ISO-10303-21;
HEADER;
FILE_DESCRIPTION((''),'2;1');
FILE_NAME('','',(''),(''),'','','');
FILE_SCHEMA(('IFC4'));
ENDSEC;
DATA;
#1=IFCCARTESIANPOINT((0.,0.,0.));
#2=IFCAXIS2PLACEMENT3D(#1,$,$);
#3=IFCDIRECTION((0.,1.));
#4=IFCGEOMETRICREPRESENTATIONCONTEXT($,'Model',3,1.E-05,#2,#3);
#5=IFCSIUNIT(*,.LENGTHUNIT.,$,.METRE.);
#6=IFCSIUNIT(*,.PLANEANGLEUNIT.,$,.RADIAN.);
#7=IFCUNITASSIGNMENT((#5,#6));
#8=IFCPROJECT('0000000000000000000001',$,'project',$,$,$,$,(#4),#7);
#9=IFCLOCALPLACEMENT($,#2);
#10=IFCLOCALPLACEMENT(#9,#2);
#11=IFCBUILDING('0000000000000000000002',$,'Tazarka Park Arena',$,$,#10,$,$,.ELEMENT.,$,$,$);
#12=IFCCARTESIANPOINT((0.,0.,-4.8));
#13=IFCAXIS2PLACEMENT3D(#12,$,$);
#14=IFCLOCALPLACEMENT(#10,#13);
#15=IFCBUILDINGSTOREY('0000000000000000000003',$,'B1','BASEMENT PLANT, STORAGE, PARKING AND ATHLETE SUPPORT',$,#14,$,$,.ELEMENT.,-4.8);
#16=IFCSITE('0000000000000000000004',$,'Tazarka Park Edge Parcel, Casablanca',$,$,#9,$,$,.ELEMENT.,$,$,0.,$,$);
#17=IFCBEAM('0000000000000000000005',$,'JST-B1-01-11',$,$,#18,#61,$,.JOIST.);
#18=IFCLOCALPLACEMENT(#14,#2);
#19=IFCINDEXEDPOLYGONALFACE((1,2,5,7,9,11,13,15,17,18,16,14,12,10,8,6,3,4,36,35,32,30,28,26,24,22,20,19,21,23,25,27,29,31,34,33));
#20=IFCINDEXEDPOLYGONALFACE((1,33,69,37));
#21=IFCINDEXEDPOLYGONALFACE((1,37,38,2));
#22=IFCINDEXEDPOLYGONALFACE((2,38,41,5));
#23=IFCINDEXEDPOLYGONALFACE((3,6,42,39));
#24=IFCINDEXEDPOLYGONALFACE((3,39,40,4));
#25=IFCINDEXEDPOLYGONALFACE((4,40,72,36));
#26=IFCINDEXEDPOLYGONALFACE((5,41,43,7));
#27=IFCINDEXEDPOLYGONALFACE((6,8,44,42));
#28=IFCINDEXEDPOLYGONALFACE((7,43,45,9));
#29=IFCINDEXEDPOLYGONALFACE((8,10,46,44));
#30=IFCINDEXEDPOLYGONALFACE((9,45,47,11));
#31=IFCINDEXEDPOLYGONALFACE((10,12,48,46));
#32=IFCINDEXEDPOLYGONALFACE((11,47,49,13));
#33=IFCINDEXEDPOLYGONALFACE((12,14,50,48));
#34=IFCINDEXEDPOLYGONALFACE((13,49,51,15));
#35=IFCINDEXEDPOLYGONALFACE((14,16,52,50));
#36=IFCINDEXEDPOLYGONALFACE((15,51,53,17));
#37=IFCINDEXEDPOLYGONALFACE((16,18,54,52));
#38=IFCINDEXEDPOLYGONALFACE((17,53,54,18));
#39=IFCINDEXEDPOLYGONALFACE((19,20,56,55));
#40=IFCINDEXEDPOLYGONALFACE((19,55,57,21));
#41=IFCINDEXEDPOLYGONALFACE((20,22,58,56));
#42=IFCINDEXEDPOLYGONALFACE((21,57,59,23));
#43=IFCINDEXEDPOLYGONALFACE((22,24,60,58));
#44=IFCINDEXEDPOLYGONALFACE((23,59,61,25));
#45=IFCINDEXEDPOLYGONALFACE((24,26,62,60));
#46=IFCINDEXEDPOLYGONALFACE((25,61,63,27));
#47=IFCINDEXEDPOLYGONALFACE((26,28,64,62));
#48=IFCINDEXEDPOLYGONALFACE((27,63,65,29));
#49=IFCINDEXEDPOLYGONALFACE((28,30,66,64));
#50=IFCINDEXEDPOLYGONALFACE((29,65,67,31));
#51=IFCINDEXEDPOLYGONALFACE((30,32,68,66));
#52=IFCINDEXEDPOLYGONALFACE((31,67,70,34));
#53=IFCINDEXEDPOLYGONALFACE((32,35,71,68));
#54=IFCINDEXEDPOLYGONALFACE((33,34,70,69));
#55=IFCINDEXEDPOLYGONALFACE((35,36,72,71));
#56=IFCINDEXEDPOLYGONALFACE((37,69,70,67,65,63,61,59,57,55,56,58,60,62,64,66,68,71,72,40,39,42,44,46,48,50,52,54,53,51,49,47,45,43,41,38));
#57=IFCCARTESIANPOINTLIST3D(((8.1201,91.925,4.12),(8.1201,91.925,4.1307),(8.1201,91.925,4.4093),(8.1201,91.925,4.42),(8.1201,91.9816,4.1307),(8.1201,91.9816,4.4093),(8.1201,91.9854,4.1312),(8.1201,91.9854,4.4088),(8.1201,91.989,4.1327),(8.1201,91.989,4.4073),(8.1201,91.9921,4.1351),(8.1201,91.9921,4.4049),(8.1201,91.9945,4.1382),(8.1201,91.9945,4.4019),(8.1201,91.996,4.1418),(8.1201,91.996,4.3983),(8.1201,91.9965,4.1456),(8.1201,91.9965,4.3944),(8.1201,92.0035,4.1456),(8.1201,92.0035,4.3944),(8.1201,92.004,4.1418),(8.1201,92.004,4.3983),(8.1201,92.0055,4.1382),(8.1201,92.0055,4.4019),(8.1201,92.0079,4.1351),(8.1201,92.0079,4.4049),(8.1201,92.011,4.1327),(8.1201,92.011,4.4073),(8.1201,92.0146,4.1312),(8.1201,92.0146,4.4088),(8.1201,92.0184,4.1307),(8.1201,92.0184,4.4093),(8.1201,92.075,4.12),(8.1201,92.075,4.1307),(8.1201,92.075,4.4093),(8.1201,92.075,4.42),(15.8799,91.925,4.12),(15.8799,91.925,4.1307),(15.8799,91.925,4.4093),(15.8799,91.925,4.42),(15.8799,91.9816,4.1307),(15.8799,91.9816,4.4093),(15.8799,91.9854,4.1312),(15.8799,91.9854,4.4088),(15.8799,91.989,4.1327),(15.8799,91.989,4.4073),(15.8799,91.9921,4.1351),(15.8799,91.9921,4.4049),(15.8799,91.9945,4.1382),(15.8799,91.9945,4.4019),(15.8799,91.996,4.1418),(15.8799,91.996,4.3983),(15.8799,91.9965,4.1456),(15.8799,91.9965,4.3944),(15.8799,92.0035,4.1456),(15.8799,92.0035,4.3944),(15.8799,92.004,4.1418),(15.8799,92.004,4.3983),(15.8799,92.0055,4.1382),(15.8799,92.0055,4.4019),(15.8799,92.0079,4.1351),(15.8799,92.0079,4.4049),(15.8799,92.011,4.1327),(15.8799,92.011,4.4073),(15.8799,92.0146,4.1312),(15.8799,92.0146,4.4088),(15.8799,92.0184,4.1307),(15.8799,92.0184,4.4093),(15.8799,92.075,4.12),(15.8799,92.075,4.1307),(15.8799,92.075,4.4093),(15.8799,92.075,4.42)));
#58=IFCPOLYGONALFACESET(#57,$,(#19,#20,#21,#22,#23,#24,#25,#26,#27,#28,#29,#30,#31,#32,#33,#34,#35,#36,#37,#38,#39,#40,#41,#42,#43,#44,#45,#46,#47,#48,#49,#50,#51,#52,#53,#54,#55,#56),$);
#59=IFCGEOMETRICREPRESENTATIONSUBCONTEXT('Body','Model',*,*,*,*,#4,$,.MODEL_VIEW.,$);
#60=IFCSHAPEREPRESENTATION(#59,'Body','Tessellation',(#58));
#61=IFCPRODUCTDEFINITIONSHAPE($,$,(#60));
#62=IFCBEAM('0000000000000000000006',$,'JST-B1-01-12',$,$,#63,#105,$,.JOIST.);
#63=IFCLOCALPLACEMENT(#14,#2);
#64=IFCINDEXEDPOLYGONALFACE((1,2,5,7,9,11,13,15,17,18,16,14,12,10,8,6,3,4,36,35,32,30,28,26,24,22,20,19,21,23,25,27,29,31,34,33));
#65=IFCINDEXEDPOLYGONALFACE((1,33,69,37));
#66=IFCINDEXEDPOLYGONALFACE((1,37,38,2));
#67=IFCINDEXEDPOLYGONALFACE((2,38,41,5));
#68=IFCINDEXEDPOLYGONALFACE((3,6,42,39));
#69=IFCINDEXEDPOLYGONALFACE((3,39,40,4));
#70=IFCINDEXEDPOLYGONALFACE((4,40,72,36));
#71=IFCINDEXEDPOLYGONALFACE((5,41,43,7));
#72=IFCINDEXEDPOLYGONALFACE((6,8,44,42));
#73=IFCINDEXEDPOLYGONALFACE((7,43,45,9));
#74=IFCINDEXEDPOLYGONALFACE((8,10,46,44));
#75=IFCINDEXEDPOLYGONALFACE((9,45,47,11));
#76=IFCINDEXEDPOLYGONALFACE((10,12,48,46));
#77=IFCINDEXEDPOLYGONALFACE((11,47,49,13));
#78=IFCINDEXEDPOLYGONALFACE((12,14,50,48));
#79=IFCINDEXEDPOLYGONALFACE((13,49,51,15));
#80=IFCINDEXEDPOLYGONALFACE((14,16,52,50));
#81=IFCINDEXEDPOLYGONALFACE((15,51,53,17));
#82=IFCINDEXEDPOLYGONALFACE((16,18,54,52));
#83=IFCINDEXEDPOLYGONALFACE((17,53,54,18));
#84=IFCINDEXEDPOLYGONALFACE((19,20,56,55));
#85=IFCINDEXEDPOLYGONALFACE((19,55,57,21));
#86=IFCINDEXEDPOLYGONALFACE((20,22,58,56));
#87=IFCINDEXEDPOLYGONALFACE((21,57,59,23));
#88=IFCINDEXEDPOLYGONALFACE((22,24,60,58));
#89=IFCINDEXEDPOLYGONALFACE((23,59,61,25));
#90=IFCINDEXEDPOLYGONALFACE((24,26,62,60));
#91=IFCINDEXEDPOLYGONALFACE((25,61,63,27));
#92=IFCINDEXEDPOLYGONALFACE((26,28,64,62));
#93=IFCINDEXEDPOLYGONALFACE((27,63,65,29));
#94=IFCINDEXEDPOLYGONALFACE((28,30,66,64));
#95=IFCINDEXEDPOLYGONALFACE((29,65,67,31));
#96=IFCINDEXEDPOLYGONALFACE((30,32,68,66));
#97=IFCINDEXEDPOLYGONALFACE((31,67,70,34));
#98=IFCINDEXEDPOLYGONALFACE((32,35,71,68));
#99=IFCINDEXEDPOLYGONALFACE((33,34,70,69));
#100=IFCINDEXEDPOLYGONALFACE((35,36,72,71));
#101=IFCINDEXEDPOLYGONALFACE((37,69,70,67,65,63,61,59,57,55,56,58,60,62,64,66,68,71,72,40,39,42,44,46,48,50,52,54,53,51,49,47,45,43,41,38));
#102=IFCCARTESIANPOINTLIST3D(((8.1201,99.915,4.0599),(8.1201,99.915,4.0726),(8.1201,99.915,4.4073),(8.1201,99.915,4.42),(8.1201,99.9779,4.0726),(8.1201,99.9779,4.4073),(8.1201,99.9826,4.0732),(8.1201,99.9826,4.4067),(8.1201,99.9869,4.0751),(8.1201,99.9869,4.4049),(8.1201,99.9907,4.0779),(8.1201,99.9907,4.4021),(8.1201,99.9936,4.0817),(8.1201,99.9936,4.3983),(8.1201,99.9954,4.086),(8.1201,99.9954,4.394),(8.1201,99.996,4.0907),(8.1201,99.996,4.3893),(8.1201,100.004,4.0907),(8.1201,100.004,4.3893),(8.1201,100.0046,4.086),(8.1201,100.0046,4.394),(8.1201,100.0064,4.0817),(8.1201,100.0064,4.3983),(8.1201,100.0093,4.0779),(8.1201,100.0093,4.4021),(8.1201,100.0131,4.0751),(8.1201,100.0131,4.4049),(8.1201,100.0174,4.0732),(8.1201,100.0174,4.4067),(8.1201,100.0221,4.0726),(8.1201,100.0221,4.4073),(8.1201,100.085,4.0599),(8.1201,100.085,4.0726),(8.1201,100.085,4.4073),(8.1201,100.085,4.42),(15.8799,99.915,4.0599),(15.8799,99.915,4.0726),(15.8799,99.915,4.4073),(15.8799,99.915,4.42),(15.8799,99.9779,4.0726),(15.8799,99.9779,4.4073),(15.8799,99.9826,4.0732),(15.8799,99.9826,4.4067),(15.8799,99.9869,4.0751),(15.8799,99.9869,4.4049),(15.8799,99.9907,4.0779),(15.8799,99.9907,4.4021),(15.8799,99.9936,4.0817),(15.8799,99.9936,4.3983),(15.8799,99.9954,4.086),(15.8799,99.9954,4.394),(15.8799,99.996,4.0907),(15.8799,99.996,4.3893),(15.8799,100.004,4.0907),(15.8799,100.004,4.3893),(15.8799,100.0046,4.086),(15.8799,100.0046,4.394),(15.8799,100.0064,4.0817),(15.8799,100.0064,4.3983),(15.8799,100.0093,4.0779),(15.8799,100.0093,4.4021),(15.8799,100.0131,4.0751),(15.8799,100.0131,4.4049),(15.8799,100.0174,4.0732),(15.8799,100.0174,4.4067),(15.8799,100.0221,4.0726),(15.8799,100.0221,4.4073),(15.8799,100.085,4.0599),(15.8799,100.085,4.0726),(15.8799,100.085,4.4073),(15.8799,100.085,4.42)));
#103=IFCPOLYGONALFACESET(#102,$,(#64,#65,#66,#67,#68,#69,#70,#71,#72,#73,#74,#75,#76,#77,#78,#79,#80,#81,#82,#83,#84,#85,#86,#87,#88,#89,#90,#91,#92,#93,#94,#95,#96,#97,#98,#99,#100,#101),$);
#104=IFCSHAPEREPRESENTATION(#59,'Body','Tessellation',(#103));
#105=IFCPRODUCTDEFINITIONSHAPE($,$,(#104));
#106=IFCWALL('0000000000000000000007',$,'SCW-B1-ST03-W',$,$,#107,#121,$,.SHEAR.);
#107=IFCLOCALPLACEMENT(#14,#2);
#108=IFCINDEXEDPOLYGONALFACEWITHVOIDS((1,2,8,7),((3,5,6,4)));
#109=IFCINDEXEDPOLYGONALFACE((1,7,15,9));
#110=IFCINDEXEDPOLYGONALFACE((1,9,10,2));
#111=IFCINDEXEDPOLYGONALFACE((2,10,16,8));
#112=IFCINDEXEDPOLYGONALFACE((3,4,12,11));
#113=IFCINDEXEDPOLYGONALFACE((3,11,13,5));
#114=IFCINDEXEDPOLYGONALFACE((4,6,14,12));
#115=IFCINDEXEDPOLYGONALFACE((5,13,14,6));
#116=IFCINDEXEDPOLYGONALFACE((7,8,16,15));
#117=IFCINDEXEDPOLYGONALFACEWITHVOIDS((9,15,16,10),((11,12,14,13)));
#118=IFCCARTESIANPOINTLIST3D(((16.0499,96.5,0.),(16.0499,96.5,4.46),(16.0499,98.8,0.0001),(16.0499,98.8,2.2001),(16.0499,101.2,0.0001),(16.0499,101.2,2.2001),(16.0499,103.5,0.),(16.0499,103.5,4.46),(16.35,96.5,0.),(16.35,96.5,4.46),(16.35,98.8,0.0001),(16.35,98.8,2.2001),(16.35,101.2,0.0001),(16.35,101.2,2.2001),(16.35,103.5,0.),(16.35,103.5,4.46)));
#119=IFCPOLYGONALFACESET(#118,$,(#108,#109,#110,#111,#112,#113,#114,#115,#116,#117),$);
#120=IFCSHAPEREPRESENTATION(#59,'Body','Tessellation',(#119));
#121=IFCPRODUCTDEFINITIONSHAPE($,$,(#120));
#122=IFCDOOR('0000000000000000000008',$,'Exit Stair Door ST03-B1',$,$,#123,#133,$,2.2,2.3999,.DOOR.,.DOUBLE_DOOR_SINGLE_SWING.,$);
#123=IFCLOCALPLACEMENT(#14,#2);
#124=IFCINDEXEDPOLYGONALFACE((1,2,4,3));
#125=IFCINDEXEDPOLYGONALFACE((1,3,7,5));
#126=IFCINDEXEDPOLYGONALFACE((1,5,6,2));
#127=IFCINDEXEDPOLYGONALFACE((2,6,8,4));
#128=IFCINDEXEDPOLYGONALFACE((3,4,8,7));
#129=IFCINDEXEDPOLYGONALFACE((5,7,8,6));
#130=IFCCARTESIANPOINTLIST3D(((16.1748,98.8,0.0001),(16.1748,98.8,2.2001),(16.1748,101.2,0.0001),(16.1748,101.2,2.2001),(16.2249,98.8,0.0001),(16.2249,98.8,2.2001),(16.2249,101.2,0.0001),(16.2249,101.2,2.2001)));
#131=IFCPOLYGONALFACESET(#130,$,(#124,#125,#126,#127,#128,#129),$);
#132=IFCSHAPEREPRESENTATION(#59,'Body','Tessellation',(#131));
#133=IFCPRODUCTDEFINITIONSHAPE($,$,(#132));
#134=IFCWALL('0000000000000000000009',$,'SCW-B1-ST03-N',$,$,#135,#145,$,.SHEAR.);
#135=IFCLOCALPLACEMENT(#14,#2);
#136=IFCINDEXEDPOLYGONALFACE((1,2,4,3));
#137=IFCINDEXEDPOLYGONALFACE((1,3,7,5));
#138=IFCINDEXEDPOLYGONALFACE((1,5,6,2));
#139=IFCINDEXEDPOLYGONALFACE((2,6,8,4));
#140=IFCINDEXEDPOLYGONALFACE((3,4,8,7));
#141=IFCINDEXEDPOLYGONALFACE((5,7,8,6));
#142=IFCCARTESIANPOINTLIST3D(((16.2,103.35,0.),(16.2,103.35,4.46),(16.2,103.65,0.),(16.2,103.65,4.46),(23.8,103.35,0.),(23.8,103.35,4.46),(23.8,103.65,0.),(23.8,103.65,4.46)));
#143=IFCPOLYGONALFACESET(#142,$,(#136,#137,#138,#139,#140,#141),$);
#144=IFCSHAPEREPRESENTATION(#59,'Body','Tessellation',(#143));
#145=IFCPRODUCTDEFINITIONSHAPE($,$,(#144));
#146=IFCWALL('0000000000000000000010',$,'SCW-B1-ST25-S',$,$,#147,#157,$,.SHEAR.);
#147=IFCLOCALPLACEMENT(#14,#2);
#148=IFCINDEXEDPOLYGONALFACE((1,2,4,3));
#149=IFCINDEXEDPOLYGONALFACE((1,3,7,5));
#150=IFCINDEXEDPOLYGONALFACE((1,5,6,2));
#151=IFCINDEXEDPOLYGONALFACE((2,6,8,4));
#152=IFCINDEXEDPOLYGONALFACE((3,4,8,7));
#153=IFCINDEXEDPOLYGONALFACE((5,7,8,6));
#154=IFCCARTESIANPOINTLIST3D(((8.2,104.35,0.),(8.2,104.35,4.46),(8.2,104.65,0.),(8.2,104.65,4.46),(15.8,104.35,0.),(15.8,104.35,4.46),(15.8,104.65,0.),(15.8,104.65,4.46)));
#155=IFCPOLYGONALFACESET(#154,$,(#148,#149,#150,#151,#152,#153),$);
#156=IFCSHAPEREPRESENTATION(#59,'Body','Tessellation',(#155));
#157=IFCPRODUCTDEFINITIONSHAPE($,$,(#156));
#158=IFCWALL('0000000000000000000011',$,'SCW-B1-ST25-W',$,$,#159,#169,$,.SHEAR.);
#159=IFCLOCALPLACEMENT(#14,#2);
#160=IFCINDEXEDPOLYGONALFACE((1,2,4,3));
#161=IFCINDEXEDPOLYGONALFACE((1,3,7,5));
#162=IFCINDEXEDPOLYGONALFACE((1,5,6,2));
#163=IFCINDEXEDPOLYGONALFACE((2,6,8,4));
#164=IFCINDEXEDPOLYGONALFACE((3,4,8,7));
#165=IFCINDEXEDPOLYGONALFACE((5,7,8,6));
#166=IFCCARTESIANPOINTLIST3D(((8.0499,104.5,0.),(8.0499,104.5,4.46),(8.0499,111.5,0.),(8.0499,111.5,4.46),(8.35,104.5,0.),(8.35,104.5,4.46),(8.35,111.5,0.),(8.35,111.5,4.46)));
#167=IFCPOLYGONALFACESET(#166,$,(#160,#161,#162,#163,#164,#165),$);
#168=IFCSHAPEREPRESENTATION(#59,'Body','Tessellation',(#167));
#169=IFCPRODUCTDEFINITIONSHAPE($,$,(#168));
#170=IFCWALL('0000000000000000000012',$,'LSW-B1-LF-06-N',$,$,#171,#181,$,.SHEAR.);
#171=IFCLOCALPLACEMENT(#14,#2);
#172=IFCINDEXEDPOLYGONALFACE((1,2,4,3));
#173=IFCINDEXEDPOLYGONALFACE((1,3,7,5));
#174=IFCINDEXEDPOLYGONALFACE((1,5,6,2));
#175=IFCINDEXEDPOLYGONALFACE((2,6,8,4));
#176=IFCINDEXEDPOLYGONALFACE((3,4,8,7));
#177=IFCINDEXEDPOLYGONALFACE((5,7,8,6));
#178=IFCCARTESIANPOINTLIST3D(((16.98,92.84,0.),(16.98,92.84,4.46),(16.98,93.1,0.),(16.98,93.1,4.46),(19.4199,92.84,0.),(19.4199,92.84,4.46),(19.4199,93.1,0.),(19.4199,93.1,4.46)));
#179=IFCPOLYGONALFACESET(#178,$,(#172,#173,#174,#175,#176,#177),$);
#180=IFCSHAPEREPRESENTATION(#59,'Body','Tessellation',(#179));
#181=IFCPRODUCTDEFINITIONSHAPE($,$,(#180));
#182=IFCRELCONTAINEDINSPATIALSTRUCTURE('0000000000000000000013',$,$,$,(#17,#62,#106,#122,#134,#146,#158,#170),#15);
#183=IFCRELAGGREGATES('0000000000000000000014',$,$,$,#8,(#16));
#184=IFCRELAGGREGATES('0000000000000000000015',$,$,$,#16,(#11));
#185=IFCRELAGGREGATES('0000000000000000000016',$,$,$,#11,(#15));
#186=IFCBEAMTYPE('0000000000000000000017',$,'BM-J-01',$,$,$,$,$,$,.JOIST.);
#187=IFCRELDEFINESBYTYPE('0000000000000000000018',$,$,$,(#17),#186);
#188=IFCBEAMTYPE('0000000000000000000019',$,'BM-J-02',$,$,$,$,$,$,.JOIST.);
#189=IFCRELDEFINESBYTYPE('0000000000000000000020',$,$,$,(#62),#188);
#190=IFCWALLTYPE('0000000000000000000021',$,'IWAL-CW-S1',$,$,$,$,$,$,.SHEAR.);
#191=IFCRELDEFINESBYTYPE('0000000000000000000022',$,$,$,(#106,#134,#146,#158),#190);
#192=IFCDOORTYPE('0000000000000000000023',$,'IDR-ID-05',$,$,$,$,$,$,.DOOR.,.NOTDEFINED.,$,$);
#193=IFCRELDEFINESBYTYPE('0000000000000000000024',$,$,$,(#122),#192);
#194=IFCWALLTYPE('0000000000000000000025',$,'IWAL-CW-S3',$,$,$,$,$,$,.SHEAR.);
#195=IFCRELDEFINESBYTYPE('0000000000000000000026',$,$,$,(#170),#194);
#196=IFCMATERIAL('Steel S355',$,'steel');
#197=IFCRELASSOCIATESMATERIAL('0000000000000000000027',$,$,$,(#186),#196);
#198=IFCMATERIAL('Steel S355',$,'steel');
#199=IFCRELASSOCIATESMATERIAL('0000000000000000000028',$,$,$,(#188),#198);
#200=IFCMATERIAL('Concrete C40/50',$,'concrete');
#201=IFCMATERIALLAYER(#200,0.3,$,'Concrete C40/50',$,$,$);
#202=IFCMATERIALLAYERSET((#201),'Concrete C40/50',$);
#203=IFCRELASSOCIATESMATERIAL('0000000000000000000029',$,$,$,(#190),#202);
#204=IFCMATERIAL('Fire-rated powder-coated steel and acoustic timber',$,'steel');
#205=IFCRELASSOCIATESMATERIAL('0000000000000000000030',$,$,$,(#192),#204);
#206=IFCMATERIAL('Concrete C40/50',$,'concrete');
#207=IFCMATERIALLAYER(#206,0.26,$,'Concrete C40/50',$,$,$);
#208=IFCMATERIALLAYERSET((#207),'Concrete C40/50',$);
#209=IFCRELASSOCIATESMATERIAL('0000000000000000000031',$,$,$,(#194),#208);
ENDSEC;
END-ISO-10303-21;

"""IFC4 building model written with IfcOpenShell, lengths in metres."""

from ifc_helpers import new_model, si_unit, direction, frame, frame_2d, origin, origin_2d, place, context, subcontext, project, spatial, rectangle, i_section, extrude, material, layer, layer_set, material_profile, profile_set, type_object, element, fill, save


model = new_model("IFC4")

# Units and contexts
model_context = context("Model", 3, precision=1e-05, world=origin(), true_north=direction((0.0, 1.0)))
body_context = subcontext(model_context, "Body", "Model", "MODEL_VIEW")
ifc_project = project(units=[si_unit("LENGTHUNIT", "METRE"), si_unit("PLANEANGLEUNIT", "RADIAN")], contexts=[model_context])

# Site, building, storey
site_placement = place(None, origin())
site = spatial("IfcSite", under=ifc_project, at=site_placement, Name="Tazarka Park Edge Parcel, Casablanca", CompositionType="ELEMENT", RefElevation=0.0)
building_placement = place(site_placement, origin())
building = spatial("IfcBuilding", under=site, at=building_placement, Name="Tazarka Park Arena", CompositionType="ELEMENT")
storey_placement = place(building_placement, frame((0.0, 0.0, -4.8)))
storey = spatial("IfcBuildingStorey", under=building, at=storey_placement, Name="B1", Description="BASEMENT PLANT, STORAGE, PARKING AND ATHLETE SUPPORT", CompositionType="ELEMENT", Elevation=-4.8)

# Beams
ifc_material_1 = material(Name="Steel S355", Category="steel")
ifc_material_profile_1 = material_profile(ifc_material_1, i_section(OverallWidth=0.1499, OverallDepth=0.3, WebThickness=0.0071, FlangeThickness=0.0107, FilletRadius=0.0149, at=origin_2d()), Name="Steel S355")
ifc_profile_set_1 = profile_set([ifc_material_profile_1], Name="Steel S355")
beam_type_1 = type_object("IfcBeamType", Name="BM-J-01", PredefinedType="JOIST", material=ifc_profile_set_1)
beam_1_placement = place(storey_placement, frame((8.1201, 92.0, 4.27), z_axis=(1.0, 0.0, 0.0), x_axis=(0.0, 1.0, 0.0)))
element("IfcBeam", 1, at=beam_1_placement, inside=storey, type_object=beam_type_1, Name="JST-B1-01-11", PredefinedType="JOIST", context=body_context, shape_type="SweptSolid", body=[
    extrude(i_section(OverallWidth=0.1499, OverallDepth=0.3, WebThickness=0.0071, FlangeThickness=0.0107, FilletRadius=0.0149, at=origin_2d()), origin(), (0.0, 0.0, 1.0), 7.7598),
])
ifc_material_2 = material(Name="Steel S355", Category="steel")
ifc_material_profile_2 = material_profile(ifc_material_2, i_section(OverallWidth=0.1699, OverallDepth=0.3601, WebThickness=0.0081, FlangeThickness=0.0127, FilletRadius=0.0181, at=origin_2d()), Name="Steel S355")
ifc_profile_set_2 = profile_set([ifc_material_profile_2], Name="Steel S355")
beam_type_2 = type_object("IfcBeamType", Name="BM-J-02", PredefinedType="JOIST", material=ifc_profile_set_2)
beam_2_placement = place(storey_placement, frame((8.1201, 100.0, 4.24), z_axis=(1.0, 0.0, 0.0), x_axis=(0.0, 1.0, 0.0)))
element("IfcBeam", 2, at=beam_2_placement, inside=storey, type_object=beam_type_2, Name="JST-B1-01-12", PredefinedType="JOIST", context=body_context, shape_type="SweptSolid", body=[
    extrude(i_section(OverallWidth=0.1699, OverallDepth=0.3601, WebThickness=0.0081, FlangeThickness=0.0127, FilletRadius=0.0181, at=origin_2d()), origin(), (0.0, 0.0, 1.0), 7.7598),
])

# Wall, opening, door
ifc_material_3 = material(Name="Concrete C40/50", Category="concrete")
ifc_layer_1 = layer(ifc_material_3, 0.3, Name="Concrete C40/50")
ifc_layer_set_1 = layer_set([ifc_layer_1], Name="Concrete C40/50")
wall_type_1 = type_object("IfcWallType", Name="IWAL-CW-S1", PredefinedType="SHEAR", material=ifc_layer_set_1)
wall_1_placement = place(storey_placement, frame((16.2, 96.5, 0.0), z_axis=(0.0, 0.0, 1.0), x_axis=(0.0, 1.0, 0.0)))
wall_1 = element("IfcWall", 3, at=wall_1_placement, inside=storey, type_object=wall_type_1, Name="SCW-B1-ST03-W", PredefinedType="SHEAR", context=body_context, shape_type="SweptSolid", body=[
    extrude(rectangle(XDim=7.0, YDim=0.3, at=frame_2d((3.5, 0.0))), origin(), (0.0, 0.0, 1.0), 4.46),
])
opening_placement = place(wall_1_placement, frame((2.3, 0.0, 0.0)))
opening = element("IfcOpeningElement", 4, at=opening_placement, cuts=wall_1, PredefinedType="OPENING", context=body_context, shape_type="SweptSolid", body=[
    extrude(rectangle(XDim=2.3999, YDim=2.2, at=frame_2d((1.2, 1.1001))), frame((0.0, 0.1602, 0.0), z_axis=(0.0, -1.0, 0.0), x_axis=(1.0, 0.0, 0.0)), (0.0, 0.0, 1.0), 0.3201),
])
ifc_material_4 = material(Name="Fire-rated powder-coated steel and acoustic timber", Category="steel")
door_type = type_object("IfcDoorType", Name="IDR-ID-05", OperationType="NOTDEFINED", PredefinedType="DOOR", material=ifc_material_4)
door_placement = place(opening_placement, frame((2.3999, 0.0, 0.0), z_axis=(0.0, 0.0, 1.0), x_axis=(-1.0, 0.0, 0.0)))
door = element("IfcDoor", 5, at=door_placement, inside=storey, type_object=door_type, Name="Exit Stair Door ST03-B1", OperationType="DOUBLE_DOOR_SINGLE_SWING", OverallHeight=2.2, OverallWidth=2.3999, PredefinedType="DOOR", context=body_context, shape_type="SweptSolid", body=[
    extrude(rectangle(XDim=2.3999, YDim=2.2, at=frame_2d((1.2, 1.1001))), frame((0.0, 0.0249, 0.0), z_axis=(0.0, -1.0, 0.0), x_axis=(1.0, 0.0, 0.0)), (0.0, 0.0, 1.0), 0.05),
])
fill(opening, door)

# Walls
for number, where, z_axis, x_axis, name in (
    (6, (16.2, 103.5, 0.0), (0.0, 0.0, 1.0), (1.0, 0.0, 0.0), "SCW-B1-ST03-N"),
    (7, (15.8, 104.5, 0.0), (0.0, 0.0, 1.0), (-1.0, 0.0, 0.0), "SCW-B1-ST25-S"),
):
    element("IfcWall", number, at=place(storey_placement, frame(where, z_axis=z_axis, x_axis=x_axis)), inside=storey, type_object=wall_type_1, Name=name, PredefinedType="SHEAR", context=body_context, shape_type="SweptSolid", body=[
        extrude(rectangle(XDim=7.6001, YDim=0.3, at=frame_2d((3.8, 0.0))), origin(), (0.0, 0.0, 1.0), 4.46),
    ])
wall_2_placement = place(storey_placement, frame((8.2, 104.5, 0.0), z_axis=(0.0, 0.0, 1.0), x_axis=(0.0, 1.0, 0.0)))
element("IfcWall", 8, at=wall_2_placement, inside=storey, type_object=wall_type_1, Name="SCW-B1-ST25-W", PredefinedType="SHEAR", context=body_context, shape_type="SweptSolid", body=[
    extrude(rectangle(XDim=7.0, YDim=0.3, at=frame_2d((3.5, 0.0))), origin(), (0.0, 0.0, 1.0), 4.46),
])
ifc_material_5 = material(Name="Concrete C40/50", Category="concrete")
ifc_layer_2 = layer(ifc_material_5, 0.26, Name="Concrete C40/50")
ifc_layer_set_2 = layer_set([ifc_layer_2], Name="Concrete C40/50")
wall_type_2 = type_object("IfcWallType", Name="IWAL-CW-S3", PredefinedType="SHEAR", material=ifc_layer_set_2)
wall_3_placement = place(storey_placement, frame((16.98, 92.97, 0.0), z_axis=(0.0, 0.0, 1.0), x_axis=(1.0, 0.0, 0.0)))
element("IfcWall", 9, at=wall_3_placement, inside=storey, type_object=wall_type_2, Name="LSW-B1-LF-06-N", PredefinedType="SHEAR", context=body_context, shape_type="SweptSolid", body=[
    extrude(rectangle(XDim=2.4399, YDim=0.26, at=frame_2d((1.22, 0.0))), origin(), (0.0, 0.0, 1.0), 4.46),
])

save(model, "model.ifc")
